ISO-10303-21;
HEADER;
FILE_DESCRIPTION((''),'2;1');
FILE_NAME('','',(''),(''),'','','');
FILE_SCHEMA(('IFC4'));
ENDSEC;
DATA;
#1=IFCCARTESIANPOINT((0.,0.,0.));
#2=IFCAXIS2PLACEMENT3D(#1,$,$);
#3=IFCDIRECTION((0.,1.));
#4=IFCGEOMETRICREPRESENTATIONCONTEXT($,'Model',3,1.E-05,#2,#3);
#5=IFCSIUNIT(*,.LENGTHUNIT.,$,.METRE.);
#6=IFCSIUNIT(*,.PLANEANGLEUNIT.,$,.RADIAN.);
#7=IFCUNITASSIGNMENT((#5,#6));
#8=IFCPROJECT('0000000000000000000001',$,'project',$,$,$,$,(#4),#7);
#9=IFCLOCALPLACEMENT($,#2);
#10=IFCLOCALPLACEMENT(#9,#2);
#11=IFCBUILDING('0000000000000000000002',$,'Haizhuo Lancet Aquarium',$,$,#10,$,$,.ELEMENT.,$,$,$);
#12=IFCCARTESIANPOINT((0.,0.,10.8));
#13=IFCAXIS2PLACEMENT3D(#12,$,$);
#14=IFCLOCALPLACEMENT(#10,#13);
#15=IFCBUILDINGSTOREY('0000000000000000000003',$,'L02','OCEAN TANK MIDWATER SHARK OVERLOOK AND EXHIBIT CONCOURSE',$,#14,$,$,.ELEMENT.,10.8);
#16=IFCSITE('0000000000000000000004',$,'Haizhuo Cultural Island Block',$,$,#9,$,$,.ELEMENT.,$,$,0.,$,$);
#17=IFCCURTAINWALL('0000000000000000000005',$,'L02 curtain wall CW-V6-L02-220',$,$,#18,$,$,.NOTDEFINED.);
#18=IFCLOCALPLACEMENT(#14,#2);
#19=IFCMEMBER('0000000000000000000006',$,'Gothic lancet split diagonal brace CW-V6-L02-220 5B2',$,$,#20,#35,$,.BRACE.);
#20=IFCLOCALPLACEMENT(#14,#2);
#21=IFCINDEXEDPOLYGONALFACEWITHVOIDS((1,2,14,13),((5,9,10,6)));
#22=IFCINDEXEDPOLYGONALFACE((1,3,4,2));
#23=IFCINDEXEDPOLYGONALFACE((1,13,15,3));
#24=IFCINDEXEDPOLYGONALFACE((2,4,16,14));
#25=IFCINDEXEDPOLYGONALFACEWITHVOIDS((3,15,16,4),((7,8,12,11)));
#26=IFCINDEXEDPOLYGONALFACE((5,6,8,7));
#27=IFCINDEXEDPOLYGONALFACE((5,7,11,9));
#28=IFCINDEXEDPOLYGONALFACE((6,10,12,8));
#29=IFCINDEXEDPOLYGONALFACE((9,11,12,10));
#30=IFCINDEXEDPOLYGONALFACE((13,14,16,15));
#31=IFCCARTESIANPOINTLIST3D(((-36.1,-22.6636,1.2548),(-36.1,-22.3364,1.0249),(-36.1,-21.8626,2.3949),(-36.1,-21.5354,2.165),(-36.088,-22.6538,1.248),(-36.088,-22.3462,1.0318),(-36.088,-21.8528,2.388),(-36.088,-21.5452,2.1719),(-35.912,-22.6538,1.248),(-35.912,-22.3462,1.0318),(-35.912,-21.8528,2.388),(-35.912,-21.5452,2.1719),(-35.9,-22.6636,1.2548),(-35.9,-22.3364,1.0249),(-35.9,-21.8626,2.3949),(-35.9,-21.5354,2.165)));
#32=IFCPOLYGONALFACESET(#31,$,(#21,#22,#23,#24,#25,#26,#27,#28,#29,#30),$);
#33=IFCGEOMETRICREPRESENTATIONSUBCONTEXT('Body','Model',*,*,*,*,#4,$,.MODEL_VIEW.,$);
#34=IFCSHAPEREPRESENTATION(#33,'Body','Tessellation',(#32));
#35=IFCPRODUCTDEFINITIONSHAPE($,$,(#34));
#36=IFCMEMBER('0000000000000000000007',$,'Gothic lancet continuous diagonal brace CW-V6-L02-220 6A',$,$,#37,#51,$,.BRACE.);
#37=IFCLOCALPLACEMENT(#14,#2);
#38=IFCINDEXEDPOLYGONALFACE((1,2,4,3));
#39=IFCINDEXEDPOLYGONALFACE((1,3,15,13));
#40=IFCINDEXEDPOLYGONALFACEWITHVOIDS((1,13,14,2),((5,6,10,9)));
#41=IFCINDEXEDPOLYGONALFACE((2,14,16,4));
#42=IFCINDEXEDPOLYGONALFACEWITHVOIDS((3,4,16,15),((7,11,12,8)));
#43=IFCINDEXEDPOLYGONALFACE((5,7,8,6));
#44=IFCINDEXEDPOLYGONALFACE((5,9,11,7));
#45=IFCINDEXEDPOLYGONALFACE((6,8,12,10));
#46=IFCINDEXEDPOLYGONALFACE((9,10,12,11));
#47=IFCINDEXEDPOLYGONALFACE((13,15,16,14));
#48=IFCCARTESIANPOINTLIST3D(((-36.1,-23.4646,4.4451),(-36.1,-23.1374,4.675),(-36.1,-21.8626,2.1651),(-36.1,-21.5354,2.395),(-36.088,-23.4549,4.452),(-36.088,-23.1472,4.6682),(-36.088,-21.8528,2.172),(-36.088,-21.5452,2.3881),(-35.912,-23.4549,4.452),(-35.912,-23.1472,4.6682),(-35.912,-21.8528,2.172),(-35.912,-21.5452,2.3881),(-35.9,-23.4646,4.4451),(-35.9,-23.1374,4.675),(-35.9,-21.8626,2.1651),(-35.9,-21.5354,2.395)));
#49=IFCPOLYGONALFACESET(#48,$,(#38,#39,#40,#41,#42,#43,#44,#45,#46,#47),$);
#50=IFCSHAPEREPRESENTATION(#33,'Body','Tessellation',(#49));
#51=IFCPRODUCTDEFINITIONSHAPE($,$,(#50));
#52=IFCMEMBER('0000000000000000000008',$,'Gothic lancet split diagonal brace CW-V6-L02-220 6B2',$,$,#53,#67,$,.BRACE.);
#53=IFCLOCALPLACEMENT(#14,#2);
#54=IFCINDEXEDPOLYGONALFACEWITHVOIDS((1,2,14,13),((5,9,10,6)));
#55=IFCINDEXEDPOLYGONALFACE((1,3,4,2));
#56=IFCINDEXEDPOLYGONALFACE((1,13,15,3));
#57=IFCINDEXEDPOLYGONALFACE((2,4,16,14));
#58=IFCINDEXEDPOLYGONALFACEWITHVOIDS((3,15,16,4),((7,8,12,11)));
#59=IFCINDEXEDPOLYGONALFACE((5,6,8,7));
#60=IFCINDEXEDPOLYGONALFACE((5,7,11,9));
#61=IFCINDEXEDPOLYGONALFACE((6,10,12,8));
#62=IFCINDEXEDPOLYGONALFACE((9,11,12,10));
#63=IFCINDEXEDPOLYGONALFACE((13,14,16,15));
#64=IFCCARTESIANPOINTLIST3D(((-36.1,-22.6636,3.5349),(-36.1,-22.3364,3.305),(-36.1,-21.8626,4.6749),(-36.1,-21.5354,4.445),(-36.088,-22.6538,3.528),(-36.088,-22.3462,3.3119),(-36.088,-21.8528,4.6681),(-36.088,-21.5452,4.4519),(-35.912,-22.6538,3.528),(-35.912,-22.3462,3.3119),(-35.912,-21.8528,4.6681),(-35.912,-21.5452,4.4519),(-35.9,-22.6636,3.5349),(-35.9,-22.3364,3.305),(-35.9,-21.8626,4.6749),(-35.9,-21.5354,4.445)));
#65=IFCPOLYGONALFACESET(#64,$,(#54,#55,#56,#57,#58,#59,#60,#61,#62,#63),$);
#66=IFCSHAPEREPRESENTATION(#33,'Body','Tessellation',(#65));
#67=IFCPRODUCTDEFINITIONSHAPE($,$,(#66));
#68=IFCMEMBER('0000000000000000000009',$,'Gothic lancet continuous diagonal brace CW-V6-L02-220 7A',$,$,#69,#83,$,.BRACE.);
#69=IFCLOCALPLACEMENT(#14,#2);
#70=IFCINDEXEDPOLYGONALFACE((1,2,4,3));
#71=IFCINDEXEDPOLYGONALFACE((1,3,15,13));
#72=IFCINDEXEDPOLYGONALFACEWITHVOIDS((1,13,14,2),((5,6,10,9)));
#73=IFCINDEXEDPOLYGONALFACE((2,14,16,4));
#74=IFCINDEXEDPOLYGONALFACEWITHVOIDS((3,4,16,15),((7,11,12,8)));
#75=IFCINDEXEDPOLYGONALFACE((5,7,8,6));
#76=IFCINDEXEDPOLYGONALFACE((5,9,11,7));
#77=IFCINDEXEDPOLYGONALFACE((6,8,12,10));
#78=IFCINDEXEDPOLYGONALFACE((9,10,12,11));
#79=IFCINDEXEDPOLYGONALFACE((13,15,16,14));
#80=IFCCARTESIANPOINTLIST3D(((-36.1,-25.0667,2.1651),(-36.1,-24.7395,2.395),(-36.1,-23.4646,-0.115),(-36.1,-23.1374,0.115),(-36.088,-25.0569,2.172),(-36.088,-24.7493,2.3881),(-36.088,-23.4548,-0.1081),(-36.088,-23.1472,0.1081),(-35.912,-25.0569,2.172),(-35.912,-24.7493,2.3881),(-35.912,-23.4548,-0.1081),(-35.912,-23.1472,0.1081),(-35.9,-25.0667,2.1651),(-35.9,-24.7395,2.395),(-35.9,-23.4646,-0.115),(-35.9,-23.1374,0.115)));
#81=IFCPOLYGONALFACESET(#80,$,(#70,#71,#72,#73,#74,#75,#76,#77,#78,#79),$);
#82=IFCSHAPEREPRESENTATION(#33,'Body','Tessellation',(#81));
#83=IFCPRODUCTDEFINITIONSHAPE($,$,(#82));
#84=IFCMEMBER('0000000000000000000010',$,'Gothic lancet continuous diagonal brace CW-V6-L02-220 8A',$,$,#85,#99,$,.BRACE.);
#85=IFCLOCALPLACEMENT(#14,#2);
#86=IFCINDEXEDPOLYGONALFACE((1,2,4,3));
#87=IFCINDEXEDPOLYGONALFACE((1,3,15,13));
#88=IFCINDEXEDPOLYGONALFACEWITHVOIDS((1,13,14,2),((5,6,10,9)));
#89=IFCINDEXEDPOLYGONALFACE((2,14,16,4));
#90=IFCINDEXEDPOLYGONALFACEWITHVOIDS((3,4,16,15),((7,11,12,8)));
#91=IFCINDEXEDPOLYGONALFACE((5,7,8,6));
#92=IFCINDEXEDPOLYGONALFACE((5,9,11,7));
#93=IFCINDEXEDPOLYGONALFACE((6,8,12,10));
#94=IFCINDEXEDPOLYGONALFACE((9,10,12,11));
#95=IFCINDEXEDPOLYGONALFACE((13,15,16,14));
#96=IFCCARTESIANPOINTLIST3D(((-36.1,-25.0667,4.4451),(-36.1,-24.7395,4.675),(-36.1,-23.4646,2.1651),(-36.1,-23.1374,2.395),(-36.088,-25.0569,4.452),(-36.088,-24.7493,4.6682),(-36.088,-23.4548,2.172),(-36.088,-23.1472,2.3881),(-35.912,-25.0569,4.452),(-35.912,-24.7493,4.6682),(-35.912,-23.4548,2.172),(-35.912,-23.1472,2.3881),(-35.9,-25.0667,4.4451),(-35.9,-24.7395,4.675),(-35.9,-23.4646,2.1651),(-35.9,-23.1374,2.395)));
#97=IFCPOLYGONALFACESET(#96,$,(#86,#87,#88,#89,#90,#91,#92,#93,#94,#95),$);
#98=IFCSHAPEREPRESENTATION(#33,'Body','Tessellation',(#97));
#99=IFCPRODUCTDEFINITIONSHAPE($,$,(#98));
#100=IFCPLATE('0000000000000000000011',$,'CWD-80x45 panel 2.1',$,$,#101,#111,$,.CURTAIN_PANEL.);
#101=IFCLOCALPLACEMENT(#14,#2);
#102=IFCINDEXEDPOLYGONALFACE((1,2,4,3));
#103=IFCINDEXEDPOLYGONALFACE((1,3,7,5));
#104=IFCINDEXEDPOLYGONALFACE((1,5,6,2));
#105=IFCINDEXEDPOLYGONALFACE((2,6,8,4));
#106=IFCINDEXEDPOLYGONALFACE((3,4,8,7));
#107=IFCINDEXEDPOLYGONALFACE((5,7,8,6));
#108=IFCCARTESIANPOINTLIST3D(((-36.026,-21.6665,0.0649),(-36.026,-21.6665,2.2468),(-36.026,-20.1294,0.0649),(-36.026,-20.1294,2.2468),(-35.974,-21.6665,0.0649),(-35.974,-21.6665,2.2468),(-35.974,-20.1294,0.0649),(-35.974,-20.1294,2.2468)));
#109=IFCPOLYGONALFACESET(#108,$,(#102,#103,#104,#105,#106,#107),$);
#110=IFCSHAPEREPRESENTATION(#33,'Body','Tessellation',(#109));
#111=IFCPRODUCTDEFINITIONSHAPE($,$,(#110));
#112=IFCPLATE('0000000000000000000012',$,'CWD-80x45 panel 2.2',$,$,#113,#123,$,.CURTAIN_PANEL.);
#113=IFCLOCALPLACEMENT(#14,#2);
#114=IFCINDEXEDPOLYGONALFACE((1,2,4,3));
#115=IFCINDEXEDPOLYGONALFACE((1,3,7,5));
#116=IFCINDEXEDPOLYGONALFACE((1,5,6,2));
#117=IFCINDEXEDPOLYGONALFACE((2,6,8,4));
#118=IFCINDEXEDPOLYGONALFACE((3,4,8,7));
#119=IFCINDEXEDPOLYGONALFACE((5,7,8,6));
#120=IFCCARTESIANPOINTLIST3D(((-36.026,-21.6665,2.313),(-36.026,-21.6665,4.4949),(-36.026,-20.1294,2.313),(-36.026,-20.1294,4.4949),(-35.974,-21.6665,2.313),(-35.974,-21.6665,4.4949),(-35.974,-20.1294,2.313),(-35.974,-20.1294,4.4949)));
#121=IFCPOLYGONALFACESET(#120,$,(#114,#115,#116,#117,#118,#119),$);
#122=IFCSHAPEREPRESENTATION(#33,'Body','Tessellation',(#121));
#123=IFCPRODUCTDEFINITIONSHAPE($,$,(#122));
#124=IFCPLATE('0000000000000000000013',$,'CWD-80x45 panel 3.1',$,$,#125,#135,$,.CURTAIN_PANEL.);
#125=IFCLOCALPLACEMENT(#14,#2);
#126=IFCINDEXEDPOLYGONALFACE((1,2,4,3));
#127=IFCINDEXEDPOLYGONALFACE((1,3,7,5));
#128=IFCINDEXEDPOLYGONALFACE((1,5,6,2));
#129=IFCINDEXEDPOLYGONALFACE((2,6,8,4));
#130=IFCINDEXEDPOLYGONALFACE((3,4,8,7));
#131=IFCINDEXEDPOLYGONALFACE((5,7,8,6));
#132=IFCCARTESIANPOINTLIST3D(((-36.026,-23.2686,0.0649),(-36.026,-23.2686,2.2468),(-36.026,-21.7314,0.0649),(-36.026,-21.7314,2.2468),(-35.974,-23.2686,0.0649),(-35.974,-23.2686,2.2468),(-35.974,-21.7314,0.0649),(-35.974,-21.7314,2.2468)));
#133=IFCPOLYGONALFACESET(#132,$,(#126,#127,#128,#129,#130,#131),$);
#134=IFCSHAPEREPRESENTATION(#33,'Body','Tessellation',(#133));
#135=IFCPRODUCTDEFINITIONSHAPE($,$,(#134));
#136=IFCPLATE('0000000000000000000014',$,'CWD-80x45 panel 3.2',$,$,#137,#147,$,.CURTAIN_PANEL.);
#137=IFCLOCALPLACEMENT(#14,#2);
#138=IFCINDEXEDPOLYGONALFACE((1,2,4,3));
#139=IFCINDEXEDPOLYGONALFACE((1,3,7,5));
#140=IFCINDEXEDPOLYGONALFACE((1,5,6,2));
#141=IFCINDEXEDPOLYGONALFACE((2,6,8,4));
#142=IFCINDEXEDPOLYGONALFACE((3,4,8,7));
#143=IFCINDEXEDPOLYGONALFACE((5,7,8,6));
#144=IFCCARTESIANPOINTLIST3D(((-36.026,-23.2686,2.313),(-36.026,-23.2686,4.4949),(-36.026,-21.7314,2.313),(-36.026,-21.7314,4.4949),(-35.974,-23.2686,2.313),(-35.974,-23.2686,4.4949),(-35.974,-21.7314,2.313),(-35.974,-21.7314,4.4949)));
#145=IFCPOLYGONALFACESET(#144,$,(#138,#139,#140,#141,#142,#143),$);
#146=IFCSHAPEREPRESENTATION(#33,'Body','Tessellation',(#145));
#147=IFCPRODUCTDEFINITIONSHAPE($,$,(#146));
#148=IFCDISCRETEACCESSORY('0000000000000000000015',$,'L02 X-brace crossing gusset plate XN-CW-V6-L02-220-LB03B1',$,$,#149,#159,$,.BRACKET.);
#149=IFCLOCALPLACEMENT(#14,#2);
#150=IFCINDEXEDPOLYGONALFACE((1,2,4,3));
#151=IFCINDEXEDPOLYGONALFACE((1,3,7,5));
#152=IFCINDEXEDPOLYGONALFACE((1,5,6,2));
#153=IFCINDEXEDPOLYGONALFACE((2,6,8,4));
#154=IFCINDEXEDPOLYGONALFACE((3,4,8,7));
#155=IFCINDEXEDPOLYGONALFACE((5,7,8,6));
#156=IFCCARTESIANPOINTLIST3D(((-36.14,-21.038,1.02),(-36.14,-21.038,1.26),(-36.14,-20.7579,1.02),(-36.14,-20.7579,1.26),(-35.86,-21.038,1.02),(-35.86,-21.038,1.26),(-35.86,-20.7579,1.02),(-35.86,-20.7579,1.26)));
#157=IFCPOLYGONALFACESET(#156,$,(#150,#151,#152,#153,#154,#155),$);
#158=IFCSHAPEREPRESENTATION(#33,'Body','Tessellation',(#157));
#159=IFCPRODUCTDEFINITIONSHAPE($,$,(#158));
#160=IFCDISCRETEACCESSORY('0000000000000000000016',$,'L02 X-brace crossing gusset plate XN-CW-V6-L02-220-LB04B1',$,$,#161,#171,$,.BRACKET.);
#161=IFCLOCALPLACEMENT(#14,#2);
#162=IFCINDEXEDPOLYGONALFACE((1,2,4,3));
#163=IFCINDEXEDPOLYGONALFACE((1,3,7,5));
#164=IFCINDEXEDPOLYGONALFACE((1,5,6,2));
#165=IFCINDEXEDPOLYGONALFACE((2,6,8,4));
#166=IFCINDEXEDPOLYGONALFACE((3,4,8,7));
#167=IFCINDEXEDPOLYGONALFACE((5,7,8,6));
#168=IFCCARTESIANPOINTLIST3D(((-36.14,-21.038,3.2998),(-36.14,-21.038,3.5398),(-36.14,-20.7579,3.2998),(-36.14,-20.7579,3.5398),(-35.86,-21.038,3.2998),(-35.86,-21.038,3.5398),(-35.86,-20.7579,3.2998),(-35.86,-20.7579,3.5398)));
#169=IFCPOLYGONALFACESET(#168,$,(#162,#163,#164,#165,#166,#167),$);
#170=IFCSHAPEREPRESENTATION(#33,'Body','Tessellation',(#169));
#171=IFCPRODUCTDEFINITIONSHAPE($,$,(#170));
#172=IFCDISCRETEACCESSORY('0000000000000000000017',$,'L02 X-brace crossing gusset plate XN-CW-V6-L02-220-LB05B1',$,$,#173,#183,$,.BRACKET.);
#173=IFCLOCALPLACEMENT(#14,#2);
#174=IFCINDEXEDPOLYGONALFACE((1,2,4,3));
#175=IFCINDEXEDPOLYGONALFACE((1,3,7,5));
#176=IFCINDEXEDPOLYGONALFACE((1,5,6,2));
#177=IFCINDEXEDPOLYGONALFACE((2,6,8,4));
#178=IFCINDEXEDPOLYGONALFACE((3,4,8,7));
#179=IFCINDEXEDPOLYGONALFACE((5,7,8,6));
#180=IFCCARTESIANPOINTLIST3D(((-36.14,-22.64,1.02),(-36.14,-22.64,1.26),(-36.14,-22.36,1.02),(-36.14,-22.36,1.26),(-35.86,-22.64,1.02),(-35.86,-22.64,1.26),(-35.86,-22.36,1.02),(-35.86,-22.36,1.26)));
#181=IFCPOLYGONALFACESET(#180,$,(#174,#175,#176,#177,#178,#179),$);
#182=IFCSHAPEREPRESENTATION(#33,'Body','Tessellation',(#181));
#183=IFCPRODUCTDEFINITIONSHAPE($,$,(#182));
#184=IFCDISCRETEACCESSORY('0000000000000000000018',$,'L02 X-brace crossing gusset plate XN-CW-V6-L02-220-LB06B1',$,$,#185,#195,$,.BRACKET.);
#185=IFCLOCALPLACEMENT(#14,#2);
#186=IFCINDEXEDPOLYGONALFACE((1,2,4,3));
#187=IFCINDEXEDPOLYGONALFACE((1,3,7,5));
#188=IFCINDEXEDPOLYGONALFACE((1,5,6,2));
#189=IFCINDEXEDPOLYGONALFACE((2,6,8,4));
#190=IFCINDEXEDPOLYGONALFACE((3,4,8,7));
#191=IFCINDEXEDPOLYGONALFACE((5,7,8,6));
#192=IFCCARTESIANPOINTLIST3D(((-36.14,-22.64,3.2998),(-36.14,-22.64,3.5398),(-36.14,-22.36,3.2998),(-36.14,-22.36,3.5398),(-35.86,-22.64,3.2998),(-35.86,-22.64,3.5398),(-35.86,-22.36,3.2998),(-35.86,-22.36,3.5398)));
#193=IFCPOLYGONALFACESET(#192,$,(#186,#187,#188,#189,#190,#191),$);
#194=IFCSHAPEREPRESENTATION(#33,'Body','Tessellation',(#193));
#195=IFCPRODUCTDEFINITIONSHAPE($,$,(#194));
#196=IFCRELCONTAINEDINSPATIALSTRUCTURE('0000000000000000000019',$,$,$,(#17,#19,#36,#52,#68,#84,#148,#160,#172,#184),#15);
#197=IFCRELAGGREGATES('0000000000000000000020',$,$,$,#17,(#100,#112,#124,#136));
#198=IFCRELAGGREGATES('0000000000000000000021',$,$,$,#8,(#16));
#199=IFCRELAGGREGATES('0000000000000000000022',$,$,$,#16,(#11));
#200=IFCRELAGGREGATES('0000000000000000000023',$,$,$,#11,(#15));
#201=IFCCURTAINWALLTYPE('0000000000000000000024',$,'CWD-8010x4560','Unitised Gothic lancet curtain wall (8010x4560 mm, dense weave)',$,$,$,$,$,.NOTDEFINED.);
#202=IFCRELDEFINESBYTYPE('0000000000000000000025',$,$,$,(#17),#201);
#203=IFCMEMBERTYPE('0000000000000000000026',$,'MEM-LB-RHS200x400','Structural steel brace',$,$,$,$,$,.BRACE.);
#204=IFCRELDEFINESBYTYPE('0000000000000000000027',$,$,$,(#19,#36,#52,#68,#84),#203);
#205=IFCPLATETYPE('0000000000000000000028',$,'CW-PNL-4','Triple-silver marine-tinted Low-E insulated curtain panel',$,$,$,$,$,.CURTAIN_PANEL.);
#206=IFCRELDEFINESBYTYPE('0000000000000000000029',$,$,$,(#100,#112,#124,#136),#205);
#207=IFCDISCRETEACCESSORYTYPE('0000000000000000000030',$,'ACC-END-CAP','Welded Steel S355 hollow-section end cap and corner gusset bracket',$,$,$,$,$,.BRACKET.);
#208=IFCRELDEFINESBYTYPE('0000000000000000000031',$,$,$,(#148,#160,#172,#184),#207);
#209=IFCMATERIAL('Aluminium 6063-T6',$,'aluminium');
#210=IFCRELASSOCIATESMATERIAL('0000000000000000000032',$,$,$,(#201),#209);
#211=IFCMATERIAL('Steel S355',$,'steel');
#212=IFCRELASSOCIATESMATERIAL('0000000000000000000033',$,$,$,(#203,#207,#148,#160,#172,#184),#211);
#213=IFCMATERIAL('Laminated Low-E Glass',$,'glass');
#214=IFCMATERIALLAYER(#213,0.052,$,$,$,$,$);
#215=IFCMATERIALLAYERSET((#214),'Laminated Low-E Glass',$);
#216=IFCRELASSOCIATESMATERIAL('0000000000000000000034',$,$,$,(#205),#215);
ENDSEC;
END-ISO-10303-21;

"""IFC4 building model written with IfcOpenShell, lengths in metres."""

from ifc_helpers import new_model, si_unit, direction, frame, origin, origin_2d, place, context, subcontext, project, spatial, rectangle, hollow_rectangle, extrude, material, layer, layer_set, material_profile, profile_set, type_object, element, aggregate, save


model = new_model("IFC4")

# Units and contexts
model_context = context("Model", 3, precision=1e-05, world=origin(), true_north=direction((0.0, 1.0)))
body_context = subcontext(model_context, "Body", "Model", "MODEL_VIEW")
ifc_project = project(units=[si_unit("LENGTHUNIT", "METRE"), si_unit("PLANEANGLEUNIT", "RADIAN")], contexts=[model_context])

# Site, building, storey
site_placement = place(None, origin())
site = spatial("IfcSite", under=ifc_project, at=site_placement, Name="Haizhuo Cultural Island Block", CompositionType="ELEMENT", RefElevation=0.0)
building_placement = place(site_placement, origin())
building = spatial("IfcBuilding", under=site, at=building_placement, Name="Haizhuo Lancet Aquarium", CompositionType="ELEMENT")
storey_placement = place(building_placement, frame((0.0, 0.0, 10.8)))
storey = spatial("IfcBuildingStorey", under=building, at=storey_placement, Name="L02", Description="OCEAN TANK MIDWATER SHARK OVERLOOK AND EXHIBIT CONCOURSE", CompositionType="ELEMENT", Elevation=10.8)

# Curtain wall
ifc_material_1 = material(Name="Aluminium 6063-T6", Category="aluminium")
curtain_wall_type = type_object("IfcCurtainWallType", Name="CWD-8010x4560", Description="Unitised Gothic lancet curtain wall (8010x4560 mm, dense weave)", PredefinedType="NOTDEFINED", material=ifc_material_1)
curtain_wall_placement = place(storey_placement, origin())
curtain_wall = element("IfcCurtainWall", 1, at=curtain_wall_placement, inside=storey, type_object=curtain_wall_type, Name="L02 curtain wall CW-V6-L02-220", PredefinedType="NOTDEFINED")

# Members
ifc_material_2 = material(Name="Steel S355", Category="steel")
ifc_material_profile_1 = material_profile(ifc_material_2, hollow_rectangle(XDim=0.2, YDim=0.3999, WallThickness=0.012, at=origin_2d()), Name="RHS 200x400x12")
ifc_profile_set_1 = profile_set([ifc_material_profile_1], Name="Steel S355")
member_type_1 = type_object("IfcMemberType", Name="MEM-LB-RHS200x400", Description="Structural steel brace", PredefinedType="BRACE", material=ifc_profile_set_1)
member_1_placement = place(storey_placement, frame((-36.0, -22.5, 1.1399), z_axis=(0.0, 0.574873, 0.818243), x_axis=(-1.0, 0.0, 0.0)))
element("IfcMember", 2, at=member_1_placement, inside=storey, type_object=member_type_1, Name="Gothic lancet split diagonal brace CW-V6-L02-220 5B2", PredefinedType="BRACE", context=body_context, shape_type="SweptSolid", body=[
    extrude(hollow_rectangle(XDim=0.2, YDim=0.3999, WallThickness=0.012, at=origin_2d()), origin(), (0.0, 0.0, 1.0), 1.3933),
])
member_2_placement = place(storey_placement, frame((-36.0, -21.699, 2.28), z_axis=(0.0, -0.574914, 0.818214), x_axis=(1.0, 0.0, 0.0)))
element("IfcMember", 3, at=member_2_placement, inside=storey, type_object=member_type_1, Name="Gothic lancet continuous diagonal brace CW-V6-L02-220 6A", PredefinedType="BRACE", context=body_context, shape_type="SweptSolid", body=[
    extrude(hollow_rectangle(XDim=0.2, YDim=0.3999, WallThickness=0.012, at=origin_2d()), origin(), (0.0, 0.0, 1.0), 2.7866),
])
member_3_placement = place(storey_placement, frame((-36.0, -22.5, 3.4199), z_axis=(0.0, 0.574873, 0.818243), x_axis=(-1.0, 0.0, 0.0)))
element("IfcMember", 4, at=member_3_placement, inside=storey, type_object=member_type_1, Name="Gothic lancet split diagonal brace CW-V6-L02-220 6B2", PredefinedType="BRACE", context=body_context, shape_type="SweptSolid", body=[
    extrude(hollow_rectangle(XDim=0.2, YDim=0.3999, WallThickness=0.012, at=origin_2d()), origin(), (0.0, 0.0, 1.0), 1.3933),
])
for number, where, z_axis, x_axis, name in (
    (5, (-36.0, -23.301, 0.0), (0.0, -0.574914, 0.818214), (1.0, 0.0, 0.0), "Gothic lancet continuous diagonal brace CW-V6-L02-220 7A"),
    (6, (-36.0, -23.301, 2.28), (0.0, -0.574914, 0.818214), (1.0, 0.0, 0.0), "Gothic lancet continuous diagonal brace CW-V6-L02-220 8A"),
):
    element("IfcMember", number, at=place(storey_placement, frame(where, z_axis=z_axis, x_axis=x_axis)), inside=storey, type_object=member_type_1, Name=name, PredefinedType="BRACE", context=body_context, shape_type="SweptSolid", body=[
        extrude(hollow_rectangle(XDim=0.2, YDim=0.3999, WallThickness=0.012, at=origin_2d()), origin(), (0.0, 0.0, 1.0), 2.7866),
    ])

# Plates
ifc_material_3 = material(Name="Laminated Low-E Glass", Category="glass")
ifc_layer = layer(ifc_material_3, 0.052)
ifc_layer_set = layer_set([ifc_layer], Name="Laminated Low-E Glass")
plate_type = type_object("IfcPlateType", Name="CW-PNL-4", Description="Triple-silver marine-tinted Low-E insulated curtain panel", PredefinedType="CURTAIN_PANEL", material=ifc_layer_set)
plate_1_placement = place(storey_placement, frame((-36.0, -20.8979, 0.0649), z_axis=(0.0, 0.0, 1.0), x_axis=(0.0, -1.0, 0.0)))
plate_1 = element("IfcPlate", 7, at=plate_1_placement, type_object=plate_type, Name="CWD-80x45 panel 2.1", PredefinedType="CURTAIN_PANEL", context=body_context, shape_type="SweptSolid", body=[
    extrude(rectangle(XDim=1.5371, YDim=0.052, at=origin_2d()), origin(), (0.0, 0.0, 1.0), 2.1819),
])
plate_2_placement = place(storey_placement, frame((-36.0, -20.8979, 2.313), z_axis=(0.0, 0.0, 1.0), x_axis=(0.0, -1.0, 0.0)))
plate_2 = element("IfcPlate", 8, at=plate_2_placement, type_object=plate_type, Name="CWD-80x45 panel 2.2", PredefinedType="CURTAIN_PANEL", context=body_context, shape_type="SweptSolid", body=[
    extrude(rectangle(XDim=1.5371, YDim=0.052, at=origin_2d()), origin(), (0.0, 0.0, 1.0), 2.1819),
])
plate_3_placement = place(storey_placement, frame((-36.0, -22.5, 0.0649), z_axis=(0.0, 0.0, 1.0), x_axis=(0.0, -1.0, 0.0)))
plate_3 = element("IfcPlate", 9, at=plate_3_placement, type_object=plate_type, Name="CWD-80x45 panel 3.1", PredefinedType="CURTAIN_PANEL", context=body_context, shape_type="SweptSolid", body=[
    extrude(rectangle(XDim=1.5371, YDim=0.052, at=origin_2d()), origin(), (0.0, 0.0, 1.0), 2.1819),
])
plate_4_placement = place(storey_placement, frame((-36.0, -22.5, 2.313), z_axis=(0.0, 0.0, 1.0), x_axis=(0.0, -1.0, 0.0)))
plate_4 = element("IfcPlate", 10, at=plate_4_placement, type_object=plate_type, Name="CWD-80x45 panel 3.2", PredefinedType="CURTAIN_PANEL", context=body_context, shape_type="SweptSolid", body=[
    extrude(rectangle(XDim=1.5371, YDim=0.052, at=origin_2d()), origin(), (0.0, 0.0, 1.0), 2.1819),
])
aggregate(curtain_wall, [plate_1, plate_2, plate_3, plate_4])

# Discrete accessories
discrete_accessory_type = type_object("IfcDiscreteAccessoryType", Name="ACC-END-CAP", Description="Welded Steel S355 hollow-section end cap and corner gusset bracket", PredefinedType="BRACKET", material=ifc_material_2)
for number, where, z_axis, x_axis, name in (
    (11, (-36.0, -20.8979, 1.02), (0.0, 0.0, 1.0), (1.0, 0.0, 0.0), "L02 X-brace crossing gusset plate XN-CW-V6-L02-220-LB03B1"),
    (12, (-36.0, -20.8979, 3.2998), (0.0, 0.0, 1.0), (1.0, 0.0, 0.0), "L02 X-brace crossing gusset plate XN-CW-V6-L02-220-LB04B1"),
    (13, (-36.0, -22.5, 1.02), (0.0, 0.0, 1.0), (1.0, 0.0, 0.0), "L02 X-brace crossing gusset plate XN-CW-V6-L02-220-LB05B1"),
    (14, (-36.0, -22.5, 3.2998), (0.0, 0.0, 1.0), (1.0, 0.0, 0.0), "L02 X-brace crossing gusset plate XN-CW-V6-L02-220-LB06B1"),
):
    element("IfcDiscreteAccessory", number, at=place(storey_placement, frame(where, z_axis=z_axis, x_axis=x_axis)), inside=storey, type_object=discrete_accessory_type, material=ifc_material_2, Name=name, PredefinedType="BRACKET", context=body_context, shape_type="SweptSolid", body=[
        extrude(rectangle(XDim=0.28, YDim=0.28, at=origin_2d()), origin(), (0.0, 0.0, 1.0), 0.24),
    ])

save(model, "model.ifc")
